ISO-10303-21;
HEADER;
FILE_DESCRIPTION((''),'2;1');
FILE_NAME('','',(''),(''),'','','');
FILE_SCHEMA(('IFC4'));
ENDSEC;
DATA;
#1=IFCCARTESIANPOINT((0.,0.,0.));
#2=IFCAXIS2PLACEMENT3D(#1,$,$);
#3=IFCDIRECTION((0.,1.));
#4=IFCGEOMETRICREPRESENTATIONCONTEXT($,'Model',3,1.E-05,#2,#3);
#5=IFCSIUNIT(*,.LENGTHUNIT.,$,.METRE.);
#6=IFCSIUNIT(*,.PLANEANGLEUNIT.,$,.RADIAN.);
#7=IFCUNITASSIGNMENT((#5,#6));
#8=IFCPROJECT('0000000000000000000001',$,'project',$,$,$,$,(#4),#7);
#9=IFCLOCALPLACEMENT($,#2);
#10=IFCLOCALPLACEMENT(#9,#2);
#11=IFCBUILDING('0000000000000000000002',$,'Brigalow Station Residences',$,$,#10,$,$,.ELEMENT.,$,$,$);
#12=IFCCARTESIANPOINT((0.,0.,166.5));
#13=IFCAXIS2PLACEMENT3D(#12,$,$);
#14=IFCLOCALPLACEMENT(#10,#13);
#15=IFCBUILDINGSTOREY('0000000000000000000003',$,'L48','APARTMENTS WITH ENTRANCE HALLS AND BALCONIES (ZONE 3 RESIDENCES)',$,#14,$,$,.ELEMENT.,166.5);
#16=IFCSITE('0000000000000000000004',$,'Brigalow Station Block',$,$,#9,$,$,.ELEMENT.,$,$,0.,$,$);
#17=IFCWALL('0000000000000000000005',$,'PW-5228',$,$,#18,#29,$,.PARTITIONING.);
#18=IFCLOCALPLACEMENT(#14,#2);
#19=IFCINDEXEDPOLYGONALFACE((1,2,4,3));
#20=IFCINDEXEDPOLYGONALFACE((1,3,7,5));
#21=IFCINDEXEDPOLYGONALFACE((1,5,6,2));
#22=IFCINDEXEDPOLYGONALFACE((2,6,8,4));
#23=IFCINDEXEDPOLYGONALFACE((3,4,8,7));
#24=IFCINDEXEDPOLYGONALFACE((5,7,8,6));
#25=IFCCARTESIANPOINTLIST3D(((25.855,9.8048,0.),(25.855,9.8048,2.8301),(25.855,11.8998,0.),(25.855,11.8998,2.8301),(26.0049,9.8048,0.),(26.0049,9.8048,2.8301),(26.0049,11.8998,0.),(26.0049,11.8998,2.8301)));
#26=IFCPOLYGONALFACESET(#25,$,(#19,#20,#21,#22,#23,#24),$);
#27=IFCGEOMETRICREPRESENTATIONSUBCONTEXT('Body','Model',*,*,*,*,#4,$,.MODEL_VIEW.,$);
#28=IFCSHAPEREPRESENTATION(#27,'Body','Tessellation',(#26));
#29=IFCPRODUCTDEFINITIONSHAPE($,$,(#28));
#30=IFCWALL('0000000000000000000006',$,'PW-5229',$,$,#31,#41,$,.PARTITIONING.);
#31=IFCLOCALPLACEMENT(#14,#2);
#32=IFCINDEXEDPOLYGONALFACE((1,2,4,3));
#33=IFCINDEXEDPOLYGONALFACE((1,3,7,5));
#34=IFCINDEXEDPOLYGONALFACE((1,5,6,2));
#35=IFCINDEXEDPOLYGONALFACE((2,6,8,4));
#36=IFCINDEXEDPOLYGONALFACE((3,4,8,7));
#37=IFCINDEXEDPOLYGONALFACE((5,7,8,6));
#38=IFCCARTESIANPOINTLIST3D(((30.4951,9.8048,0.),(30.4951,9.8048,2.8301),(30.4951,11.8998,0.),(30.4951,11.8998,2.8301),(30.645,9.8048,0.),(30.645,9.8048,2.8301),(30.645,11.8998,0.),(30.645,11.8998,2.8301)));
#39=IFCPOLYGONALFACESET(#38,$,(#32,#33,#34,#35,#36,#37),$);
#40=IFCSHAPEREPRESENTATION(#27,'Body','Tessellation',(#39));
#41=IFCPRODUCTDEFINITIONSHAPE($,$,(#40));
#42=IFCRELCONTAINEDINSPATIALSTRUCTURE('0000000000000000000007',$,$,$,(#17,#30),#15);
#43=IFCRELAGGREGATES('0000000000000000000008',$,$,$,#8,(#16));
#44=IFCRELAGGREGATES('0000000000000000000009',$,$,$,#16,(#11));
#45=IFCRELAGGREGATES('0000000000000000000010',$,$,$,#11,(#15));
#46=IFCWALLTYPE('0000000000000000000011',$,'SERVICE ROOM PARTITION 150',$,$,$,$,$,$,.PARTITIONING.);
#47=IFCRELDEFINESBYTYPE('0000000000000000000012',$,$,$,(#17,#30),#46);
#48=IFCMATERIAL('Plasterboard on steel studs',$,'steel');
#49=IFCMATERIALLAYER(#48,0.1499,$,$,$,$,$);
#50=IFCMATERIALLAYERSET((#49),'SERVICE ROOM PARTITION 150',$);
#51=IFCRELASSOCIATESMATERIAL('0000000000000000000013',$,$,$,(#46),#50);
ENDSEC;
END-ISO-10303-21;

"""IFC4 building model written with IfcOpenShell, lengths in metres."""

from ifc_helpers import new_model, si_unit, direction, frame, frame_2d, origin, place, context, subcontext, project, spatial, rectangle, extrude, material, layer, layer_set, type_object, element, save


model = new_model("IFC4")

# Units and contexts
model_context = context("Model", 3, precision=1e-05, world=origin(), true_north=direction((0.0, 1.0)))
body_context = subcontext(model_context, "Body", "Model", "MODEL_VIEW")
ifc_project = project(units=[si_unit("LENGTHUNIT", "METRE"), si_unit("PLANEANGLEUNIT", "RADIAN")], contexts=[model_context])

# Site, building, storey
site_placement = place(None, origin())
site = spatial("IfcSite", under=ifc_project, at=site_placement, Name="Brigalow Station Block", CompositionType="ELEMENT", RefElevation=0.0)
building_placement = place(site_placement, origin())
building = spatial("IfcBuilding", under=site, at=building_placement, Name="Brigalow Station Residences", CompositionType="ELEMENT")
storey_placement = place(building_placement, frame((0.0, 0.0, 166.5)))
storey = spatial("IfcBuildingStorey", under=building, at=storey_placement, Name="L48", Description="APARTMENTS WITH ENTRANCE HALLS AND BALCONIES (ZONE 3 RESIDENCES)", CompositionType="ELEMENT", Elevation=166.5)

# Shared definitions
ifc_material_1 = material(Name="Plasterboard on steel studs", Category="steel")
ifc_layer_1 = layer(ifc_material_1, 0.1499)
ifc_layer_set_1 = layer_set([ifc_layer_1], Name="SERVICE ROOM PARTITION 150")
wall_type_1 = type_object("IfcWallType", Name="SERVICE ROOM PARTITION 150", PredefinedType="PARTITIONING", material=ifc_layer_set_1)

# Walls
for number, where, z_axis, x_axis, name in (
    (1, (25.9299, 9.8049, 0.0), (0.0, 0.0, 1.0), (0.0, 1.0, 0.0), "PW-5228"),
    (2, (30.5701, 9.8049, 0.0), (0.0, 0.0, 1.0), (0.0, 1.0, 0.0), "PW-5229"),
):
    element("IfcWall", number, at=place(storey_placement, frame(where, z_axis=z_axis, x_axis=x_axis)), inside=storey, type_object=wall_type_1, Name=name, PredefinedType="PARTITIONING", context=body_context, shape_type="SweptSolid", body=[
        extrude(rectangle(XDim=2.095, YDim=0.1499, at=frame_2d((1.0474, 0.0))), origin(), (0.0, 0.0, 1.0), 2.8301),
    ])

save(model, "model.ifc")
